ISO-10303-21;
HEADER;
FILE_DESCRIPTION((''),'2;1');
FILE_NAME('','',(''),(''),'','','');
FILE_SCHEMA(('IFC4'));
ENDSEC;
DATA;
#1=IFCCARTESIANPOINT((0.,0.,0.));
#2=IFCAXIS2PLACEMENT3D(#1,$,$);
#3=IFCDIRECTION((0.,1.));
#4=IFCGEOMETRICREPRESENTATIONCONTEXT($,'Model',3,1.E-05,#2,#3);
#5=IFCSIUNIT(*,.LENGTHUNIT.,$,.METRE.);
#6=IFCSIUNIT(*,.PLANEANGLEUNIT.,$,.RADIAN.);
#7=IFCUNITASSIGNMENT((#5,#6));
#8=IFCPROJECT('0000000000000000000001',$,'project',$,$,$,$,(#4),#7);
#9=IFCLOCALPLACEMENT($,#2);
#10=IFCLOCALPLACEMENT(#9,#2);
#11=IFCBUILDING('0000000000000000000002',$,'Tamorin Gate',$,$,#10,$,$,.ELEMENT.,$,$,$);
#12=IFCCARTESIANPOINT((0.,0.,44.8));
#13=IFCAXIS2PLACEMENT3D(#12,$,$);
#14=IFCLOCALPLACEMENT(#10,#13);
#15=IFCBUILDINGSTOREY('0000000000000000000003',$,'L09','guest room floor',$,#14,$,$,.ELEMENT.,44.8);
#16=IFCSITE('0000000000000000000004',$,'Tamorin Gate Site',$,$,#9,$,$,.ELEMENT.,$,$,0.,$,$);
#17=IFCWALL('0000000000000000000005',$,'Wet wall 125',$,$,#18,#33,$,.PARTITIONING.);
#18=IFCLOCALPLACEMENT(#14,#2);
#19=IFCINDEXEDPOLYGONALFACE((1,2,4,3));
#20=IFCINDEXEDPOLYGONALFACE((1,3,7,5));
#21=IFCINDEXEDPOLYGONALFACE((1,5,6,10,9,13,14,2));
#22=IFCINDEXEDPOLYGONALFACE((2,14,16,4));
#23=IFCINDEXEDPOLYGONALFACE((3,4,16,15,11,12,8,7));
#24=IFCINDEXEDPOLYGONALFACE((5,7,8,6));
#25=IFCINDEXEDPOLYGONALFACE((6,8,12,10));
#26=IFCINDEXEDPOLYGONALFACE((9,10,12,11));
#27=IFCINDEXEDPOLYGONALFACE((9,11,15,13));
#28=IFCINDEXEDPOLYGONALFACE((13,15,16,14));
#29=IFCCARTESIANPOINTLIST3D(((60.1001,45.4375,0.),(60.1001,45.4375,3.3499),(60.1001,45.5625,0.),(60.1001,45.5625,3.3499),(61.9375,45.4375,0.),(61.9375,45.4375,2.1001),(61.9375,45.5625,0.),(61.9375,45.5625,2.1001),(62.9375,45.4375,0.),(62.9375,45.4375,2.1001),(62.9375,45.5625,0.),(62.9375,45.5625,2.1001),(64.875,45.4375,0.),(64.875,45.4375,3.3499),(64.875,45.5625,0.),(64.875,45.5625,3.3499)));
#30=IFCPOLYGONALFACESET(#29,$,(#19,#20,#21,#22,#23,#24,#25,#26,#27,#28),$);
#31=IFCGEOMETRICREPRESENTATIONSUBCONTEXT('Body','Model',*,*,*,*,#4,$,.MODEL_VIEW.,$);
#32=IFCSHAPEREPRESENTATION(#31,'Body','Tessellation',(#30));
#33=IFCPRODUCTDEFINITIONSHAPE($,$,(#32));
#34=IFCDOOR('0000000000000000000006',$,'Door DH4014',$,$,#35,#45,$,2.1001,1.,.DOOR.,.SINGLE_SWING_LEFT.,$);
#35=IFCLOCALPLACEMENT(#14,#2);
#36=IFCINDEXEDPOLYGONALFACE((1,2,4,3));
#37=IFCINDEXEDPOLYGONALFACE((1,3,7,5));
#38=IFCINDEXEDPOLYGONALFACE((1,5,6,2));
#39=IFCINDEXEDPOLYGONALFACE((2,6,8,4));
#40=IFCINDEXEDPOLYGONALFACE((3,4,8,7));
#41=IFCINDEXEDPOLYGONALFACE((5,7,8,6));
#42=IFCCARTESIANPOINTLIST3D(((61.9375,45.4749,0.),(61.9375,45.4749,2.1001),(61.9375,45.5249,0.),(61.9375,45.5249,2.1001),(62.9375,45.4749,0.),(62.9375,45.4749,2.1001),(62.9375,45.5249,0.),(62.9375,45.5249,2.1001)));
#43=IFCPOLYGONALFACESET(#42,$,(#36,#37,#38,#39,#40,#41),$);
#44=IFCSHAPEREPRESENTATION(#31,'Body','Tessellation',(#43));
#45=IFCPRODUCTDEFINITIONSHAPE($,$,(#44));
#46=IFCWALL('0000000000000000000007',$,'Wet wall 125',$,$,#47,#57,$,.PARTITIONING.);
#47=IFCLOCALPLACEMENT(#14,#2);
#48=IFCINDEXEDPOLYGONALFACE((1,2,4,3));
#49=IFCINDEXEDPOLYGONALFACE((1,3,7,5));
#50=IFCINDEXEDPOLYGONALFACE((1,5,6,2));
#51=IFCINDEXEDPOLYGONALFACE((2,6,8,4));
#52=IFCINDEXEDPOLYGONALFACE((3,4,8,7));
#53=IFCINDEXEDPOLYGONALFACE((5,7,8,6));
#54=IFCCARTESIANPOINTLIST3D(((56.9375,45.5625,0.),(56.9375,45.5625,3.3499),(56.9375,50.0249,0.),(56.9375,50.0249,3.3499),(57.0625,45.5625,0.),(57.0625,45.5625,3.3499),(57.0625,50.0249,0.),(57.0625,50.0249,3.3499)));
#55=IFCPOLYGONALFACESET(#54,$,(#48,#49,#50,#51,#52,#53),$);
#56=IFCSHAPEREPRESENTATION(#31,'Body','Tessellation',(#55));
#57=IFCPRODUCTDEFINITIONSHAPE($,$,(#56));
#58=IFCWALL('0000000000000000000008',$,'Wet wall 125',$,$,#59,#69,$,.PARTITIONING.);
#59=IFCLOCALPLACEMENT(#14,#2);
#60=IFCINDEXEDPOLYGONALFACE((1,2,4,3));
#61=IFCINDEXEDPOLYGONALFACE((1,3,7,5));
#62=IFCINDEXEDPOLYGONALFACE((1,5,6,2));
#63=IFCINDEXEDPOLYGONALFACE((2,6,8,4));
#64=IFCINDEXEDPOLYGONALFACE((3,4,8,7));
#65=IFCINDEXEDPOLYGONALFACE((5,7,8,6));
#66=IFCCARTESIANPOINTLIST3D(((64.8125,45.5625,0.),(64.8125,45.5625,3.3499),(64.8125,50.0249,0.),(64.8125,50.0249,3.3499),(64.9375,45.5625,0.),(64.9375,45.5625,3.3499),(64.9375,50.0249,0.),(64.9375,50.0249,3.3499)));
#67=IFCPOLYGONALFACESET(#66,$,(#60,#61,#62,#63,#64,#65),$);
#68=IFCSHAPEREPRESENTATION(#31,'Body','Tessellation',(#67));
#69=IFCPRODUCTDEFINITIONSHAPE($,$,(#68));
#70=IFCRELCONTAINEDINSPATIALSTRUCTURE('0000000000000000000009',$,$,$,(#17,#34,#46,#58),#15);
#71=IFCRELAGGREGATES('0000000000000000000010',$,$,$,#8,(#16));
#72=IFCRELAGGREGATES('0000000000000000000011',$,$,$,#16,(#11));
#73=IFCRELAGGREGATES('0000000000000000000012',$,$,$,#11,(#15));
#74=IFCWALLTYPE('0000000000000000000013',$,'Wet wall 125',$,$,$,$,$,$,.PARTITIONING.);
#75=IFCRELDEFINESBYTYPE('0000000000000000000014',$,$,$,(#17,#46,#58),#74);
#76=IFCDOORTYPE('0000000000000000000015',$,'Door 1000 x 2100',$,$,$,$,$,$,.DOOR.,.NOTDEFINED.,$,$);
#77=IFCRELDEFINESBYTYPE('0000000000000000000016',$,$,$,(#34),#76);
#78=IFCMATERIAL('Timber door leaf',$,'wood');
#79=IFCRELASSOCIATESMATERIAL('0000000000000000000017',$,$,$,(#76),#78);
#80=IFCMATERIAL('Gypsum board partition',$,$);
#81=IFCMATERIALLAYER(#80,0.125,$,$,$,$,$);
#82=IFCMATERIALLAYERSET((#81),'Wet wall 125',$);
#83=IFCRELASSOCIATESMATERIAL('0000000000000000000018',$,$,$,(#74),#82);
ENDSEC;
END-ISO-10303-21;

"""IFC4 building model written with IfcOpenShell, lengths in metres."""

from ifc_helpers import new_model, si_unit, direction, frame, frame_2d, origin, place, context, subcontext, project, spatial, rectangle, extrude, material, layer, layer_set, type_object, element, fill, save


model = new_model("IFC4")

# Units and contexts
model_context = context("Model", 3, precision=1e-05, world=origin(), true_north=direction((0.0, 1.0)))
body_context = subcontext(model_context, "Body", "Model", "MODEL_VIEW")
ifc_project = project(units=[si_unit("LENGTHUNIT", "METRE"), si_unit("PLANEANGLEUNIT", "RADIAN")], contexts=[model_context])

# Site, building, storey
site_placement = place(None, origin())
site = spatial("IfcSite", under=ifc_project, at=site_placement, Name="Tamorin Gate Site", CompositionType="ELEMENT", RefElevation=0.0)
building_placement = place(site_placement, origin())
building = spatial("IfcBuilding", under=site, at=building_placement, Name="Tamorin Gate", CompositionType="ELEMENT")
storey_placement = place(building_placement, frame((0.0, 0.0, 44.8)))
storey = spatial("IfcBuildingStorey", under=building, at=storey_placement, Name="L09", Description="guest room floor", CompositionType="ELEMENT", Elevation=44.8)

# Shared definitions
ifc_material_1 = material(Name="Gypsum board partition")
ifc_material_2 = material(Name="Timber door leaf", Category="wood")

# Shared definitions
door_type_1 = type_object("IfcDoorType", Name="Door 1000 x 2100", OperationType="NOTDEFINED", PredefinedType="DOOR", material=ifc_material_2)

# Wall, opening, door
ifc_layer_1 = layer(ifc_material_1, 0.125)
ifc_layer_set_1 = layer_set([ifc_layer_1], Name="Wet wall 125")
wall_type_1 = type_object("IfcWallType", Name="Wet wall 125", PredefinedType="PARTITIONING", material=ifc_layer_set_1)
wall_1_placement = place(storey_placement, frame((60.1001, 45.5, 0.0), z_axis=(0.0, 0.0, 1.0), x_axis=(1.0, 0.0, 0.0)))
wall_1 = element("IfcWall", 1, at=wall_1_placement, inside=storey, type_object=wall_type_1, Name="Wet wall 125", PredefinedType="PARTITIONING", context=body_context, shape_type="SweptSolid", body=[
    extrude(rectangle(XDim=4.7749, YDim=0.125, at=frame_2d((2.3875, 0.0))), origin(), (0.0, 0.0, 1.0), 3.3499),
])
opening_1_placement = place(wall_1_placement, frame((1.8374, 0.0, 0.0)))
opening_1 = element("IfcOpeningElement", 2, at=opening_1_placement, cuts=wall_1, PredefinedType="OPENING", context=body_context, shape_type="SweptSolid", body=[
    extrude(rectangle(XDim=1.0, YDim=2.1001, at=frame_2d((0.5, 1.05))), frame((0.0, 0.0725, 0.0), z_axis=(0.0, -1.0, 0.0), x_axis=(1.0, 0.0, 0.0)), (0.0, 0.0, 1.0), 0.145),
])
door_1_placement = place(opening_1_placement, origin())
door_1 = element("IfcDoor", 3, at=door_1_placement, inside=storey, type_object=door_type_1, Name="Door DH4014", OperationType="SINGLE_SWING_LEFT", OverallHeight=2.1001, OverallWidth=1.0, PredefinedType="DOOR", context=body_context, shape_type="SweptSolid", body=[
    extrude(rectangle(XDim=1.0, YDim=2.1001, at=frame_2d((0.5, 1.05))), frame((0.0, 0.0249, 0.0), z_axis=(0.0, -1.0, 0.0), x_axis=(1.0, 0.0, 0.0)), (0.0, 0.0, 1.0), 0.05),
])
fill(opening_1, door_1)

# Walls
for number, where, z_axis, x_axis, name in (
    (4, (57.0, 45.5625, 0.0), (0.0, 0.0, 1.0), (0.0, 1.0, 0.0), "Wet wall 125"),
    (5, (64.875, 45.5625, 0.0), (0.0, 0.0, 1.0), (0.0, 1.0, 0.0), "Wet wall 125"),
):
    element("IfcWall", number, at=place(storey_placement, frame(where, z_axis=z_axis, x_axis=x_axis)), inside=storey, type_object=wall_type_1, Name=name, PredefinedType="PARTITIONING", context=body_context, shape_type="SweptSolid", body=[
        extrude(rectangle(XDim=4.4624, YDim=0.125, at=frame_2d((2.2312, 0.0))), origin(), (0.0, 0.0, 1.0), 3.3499),
    ])

save(model, "model.ifc")
